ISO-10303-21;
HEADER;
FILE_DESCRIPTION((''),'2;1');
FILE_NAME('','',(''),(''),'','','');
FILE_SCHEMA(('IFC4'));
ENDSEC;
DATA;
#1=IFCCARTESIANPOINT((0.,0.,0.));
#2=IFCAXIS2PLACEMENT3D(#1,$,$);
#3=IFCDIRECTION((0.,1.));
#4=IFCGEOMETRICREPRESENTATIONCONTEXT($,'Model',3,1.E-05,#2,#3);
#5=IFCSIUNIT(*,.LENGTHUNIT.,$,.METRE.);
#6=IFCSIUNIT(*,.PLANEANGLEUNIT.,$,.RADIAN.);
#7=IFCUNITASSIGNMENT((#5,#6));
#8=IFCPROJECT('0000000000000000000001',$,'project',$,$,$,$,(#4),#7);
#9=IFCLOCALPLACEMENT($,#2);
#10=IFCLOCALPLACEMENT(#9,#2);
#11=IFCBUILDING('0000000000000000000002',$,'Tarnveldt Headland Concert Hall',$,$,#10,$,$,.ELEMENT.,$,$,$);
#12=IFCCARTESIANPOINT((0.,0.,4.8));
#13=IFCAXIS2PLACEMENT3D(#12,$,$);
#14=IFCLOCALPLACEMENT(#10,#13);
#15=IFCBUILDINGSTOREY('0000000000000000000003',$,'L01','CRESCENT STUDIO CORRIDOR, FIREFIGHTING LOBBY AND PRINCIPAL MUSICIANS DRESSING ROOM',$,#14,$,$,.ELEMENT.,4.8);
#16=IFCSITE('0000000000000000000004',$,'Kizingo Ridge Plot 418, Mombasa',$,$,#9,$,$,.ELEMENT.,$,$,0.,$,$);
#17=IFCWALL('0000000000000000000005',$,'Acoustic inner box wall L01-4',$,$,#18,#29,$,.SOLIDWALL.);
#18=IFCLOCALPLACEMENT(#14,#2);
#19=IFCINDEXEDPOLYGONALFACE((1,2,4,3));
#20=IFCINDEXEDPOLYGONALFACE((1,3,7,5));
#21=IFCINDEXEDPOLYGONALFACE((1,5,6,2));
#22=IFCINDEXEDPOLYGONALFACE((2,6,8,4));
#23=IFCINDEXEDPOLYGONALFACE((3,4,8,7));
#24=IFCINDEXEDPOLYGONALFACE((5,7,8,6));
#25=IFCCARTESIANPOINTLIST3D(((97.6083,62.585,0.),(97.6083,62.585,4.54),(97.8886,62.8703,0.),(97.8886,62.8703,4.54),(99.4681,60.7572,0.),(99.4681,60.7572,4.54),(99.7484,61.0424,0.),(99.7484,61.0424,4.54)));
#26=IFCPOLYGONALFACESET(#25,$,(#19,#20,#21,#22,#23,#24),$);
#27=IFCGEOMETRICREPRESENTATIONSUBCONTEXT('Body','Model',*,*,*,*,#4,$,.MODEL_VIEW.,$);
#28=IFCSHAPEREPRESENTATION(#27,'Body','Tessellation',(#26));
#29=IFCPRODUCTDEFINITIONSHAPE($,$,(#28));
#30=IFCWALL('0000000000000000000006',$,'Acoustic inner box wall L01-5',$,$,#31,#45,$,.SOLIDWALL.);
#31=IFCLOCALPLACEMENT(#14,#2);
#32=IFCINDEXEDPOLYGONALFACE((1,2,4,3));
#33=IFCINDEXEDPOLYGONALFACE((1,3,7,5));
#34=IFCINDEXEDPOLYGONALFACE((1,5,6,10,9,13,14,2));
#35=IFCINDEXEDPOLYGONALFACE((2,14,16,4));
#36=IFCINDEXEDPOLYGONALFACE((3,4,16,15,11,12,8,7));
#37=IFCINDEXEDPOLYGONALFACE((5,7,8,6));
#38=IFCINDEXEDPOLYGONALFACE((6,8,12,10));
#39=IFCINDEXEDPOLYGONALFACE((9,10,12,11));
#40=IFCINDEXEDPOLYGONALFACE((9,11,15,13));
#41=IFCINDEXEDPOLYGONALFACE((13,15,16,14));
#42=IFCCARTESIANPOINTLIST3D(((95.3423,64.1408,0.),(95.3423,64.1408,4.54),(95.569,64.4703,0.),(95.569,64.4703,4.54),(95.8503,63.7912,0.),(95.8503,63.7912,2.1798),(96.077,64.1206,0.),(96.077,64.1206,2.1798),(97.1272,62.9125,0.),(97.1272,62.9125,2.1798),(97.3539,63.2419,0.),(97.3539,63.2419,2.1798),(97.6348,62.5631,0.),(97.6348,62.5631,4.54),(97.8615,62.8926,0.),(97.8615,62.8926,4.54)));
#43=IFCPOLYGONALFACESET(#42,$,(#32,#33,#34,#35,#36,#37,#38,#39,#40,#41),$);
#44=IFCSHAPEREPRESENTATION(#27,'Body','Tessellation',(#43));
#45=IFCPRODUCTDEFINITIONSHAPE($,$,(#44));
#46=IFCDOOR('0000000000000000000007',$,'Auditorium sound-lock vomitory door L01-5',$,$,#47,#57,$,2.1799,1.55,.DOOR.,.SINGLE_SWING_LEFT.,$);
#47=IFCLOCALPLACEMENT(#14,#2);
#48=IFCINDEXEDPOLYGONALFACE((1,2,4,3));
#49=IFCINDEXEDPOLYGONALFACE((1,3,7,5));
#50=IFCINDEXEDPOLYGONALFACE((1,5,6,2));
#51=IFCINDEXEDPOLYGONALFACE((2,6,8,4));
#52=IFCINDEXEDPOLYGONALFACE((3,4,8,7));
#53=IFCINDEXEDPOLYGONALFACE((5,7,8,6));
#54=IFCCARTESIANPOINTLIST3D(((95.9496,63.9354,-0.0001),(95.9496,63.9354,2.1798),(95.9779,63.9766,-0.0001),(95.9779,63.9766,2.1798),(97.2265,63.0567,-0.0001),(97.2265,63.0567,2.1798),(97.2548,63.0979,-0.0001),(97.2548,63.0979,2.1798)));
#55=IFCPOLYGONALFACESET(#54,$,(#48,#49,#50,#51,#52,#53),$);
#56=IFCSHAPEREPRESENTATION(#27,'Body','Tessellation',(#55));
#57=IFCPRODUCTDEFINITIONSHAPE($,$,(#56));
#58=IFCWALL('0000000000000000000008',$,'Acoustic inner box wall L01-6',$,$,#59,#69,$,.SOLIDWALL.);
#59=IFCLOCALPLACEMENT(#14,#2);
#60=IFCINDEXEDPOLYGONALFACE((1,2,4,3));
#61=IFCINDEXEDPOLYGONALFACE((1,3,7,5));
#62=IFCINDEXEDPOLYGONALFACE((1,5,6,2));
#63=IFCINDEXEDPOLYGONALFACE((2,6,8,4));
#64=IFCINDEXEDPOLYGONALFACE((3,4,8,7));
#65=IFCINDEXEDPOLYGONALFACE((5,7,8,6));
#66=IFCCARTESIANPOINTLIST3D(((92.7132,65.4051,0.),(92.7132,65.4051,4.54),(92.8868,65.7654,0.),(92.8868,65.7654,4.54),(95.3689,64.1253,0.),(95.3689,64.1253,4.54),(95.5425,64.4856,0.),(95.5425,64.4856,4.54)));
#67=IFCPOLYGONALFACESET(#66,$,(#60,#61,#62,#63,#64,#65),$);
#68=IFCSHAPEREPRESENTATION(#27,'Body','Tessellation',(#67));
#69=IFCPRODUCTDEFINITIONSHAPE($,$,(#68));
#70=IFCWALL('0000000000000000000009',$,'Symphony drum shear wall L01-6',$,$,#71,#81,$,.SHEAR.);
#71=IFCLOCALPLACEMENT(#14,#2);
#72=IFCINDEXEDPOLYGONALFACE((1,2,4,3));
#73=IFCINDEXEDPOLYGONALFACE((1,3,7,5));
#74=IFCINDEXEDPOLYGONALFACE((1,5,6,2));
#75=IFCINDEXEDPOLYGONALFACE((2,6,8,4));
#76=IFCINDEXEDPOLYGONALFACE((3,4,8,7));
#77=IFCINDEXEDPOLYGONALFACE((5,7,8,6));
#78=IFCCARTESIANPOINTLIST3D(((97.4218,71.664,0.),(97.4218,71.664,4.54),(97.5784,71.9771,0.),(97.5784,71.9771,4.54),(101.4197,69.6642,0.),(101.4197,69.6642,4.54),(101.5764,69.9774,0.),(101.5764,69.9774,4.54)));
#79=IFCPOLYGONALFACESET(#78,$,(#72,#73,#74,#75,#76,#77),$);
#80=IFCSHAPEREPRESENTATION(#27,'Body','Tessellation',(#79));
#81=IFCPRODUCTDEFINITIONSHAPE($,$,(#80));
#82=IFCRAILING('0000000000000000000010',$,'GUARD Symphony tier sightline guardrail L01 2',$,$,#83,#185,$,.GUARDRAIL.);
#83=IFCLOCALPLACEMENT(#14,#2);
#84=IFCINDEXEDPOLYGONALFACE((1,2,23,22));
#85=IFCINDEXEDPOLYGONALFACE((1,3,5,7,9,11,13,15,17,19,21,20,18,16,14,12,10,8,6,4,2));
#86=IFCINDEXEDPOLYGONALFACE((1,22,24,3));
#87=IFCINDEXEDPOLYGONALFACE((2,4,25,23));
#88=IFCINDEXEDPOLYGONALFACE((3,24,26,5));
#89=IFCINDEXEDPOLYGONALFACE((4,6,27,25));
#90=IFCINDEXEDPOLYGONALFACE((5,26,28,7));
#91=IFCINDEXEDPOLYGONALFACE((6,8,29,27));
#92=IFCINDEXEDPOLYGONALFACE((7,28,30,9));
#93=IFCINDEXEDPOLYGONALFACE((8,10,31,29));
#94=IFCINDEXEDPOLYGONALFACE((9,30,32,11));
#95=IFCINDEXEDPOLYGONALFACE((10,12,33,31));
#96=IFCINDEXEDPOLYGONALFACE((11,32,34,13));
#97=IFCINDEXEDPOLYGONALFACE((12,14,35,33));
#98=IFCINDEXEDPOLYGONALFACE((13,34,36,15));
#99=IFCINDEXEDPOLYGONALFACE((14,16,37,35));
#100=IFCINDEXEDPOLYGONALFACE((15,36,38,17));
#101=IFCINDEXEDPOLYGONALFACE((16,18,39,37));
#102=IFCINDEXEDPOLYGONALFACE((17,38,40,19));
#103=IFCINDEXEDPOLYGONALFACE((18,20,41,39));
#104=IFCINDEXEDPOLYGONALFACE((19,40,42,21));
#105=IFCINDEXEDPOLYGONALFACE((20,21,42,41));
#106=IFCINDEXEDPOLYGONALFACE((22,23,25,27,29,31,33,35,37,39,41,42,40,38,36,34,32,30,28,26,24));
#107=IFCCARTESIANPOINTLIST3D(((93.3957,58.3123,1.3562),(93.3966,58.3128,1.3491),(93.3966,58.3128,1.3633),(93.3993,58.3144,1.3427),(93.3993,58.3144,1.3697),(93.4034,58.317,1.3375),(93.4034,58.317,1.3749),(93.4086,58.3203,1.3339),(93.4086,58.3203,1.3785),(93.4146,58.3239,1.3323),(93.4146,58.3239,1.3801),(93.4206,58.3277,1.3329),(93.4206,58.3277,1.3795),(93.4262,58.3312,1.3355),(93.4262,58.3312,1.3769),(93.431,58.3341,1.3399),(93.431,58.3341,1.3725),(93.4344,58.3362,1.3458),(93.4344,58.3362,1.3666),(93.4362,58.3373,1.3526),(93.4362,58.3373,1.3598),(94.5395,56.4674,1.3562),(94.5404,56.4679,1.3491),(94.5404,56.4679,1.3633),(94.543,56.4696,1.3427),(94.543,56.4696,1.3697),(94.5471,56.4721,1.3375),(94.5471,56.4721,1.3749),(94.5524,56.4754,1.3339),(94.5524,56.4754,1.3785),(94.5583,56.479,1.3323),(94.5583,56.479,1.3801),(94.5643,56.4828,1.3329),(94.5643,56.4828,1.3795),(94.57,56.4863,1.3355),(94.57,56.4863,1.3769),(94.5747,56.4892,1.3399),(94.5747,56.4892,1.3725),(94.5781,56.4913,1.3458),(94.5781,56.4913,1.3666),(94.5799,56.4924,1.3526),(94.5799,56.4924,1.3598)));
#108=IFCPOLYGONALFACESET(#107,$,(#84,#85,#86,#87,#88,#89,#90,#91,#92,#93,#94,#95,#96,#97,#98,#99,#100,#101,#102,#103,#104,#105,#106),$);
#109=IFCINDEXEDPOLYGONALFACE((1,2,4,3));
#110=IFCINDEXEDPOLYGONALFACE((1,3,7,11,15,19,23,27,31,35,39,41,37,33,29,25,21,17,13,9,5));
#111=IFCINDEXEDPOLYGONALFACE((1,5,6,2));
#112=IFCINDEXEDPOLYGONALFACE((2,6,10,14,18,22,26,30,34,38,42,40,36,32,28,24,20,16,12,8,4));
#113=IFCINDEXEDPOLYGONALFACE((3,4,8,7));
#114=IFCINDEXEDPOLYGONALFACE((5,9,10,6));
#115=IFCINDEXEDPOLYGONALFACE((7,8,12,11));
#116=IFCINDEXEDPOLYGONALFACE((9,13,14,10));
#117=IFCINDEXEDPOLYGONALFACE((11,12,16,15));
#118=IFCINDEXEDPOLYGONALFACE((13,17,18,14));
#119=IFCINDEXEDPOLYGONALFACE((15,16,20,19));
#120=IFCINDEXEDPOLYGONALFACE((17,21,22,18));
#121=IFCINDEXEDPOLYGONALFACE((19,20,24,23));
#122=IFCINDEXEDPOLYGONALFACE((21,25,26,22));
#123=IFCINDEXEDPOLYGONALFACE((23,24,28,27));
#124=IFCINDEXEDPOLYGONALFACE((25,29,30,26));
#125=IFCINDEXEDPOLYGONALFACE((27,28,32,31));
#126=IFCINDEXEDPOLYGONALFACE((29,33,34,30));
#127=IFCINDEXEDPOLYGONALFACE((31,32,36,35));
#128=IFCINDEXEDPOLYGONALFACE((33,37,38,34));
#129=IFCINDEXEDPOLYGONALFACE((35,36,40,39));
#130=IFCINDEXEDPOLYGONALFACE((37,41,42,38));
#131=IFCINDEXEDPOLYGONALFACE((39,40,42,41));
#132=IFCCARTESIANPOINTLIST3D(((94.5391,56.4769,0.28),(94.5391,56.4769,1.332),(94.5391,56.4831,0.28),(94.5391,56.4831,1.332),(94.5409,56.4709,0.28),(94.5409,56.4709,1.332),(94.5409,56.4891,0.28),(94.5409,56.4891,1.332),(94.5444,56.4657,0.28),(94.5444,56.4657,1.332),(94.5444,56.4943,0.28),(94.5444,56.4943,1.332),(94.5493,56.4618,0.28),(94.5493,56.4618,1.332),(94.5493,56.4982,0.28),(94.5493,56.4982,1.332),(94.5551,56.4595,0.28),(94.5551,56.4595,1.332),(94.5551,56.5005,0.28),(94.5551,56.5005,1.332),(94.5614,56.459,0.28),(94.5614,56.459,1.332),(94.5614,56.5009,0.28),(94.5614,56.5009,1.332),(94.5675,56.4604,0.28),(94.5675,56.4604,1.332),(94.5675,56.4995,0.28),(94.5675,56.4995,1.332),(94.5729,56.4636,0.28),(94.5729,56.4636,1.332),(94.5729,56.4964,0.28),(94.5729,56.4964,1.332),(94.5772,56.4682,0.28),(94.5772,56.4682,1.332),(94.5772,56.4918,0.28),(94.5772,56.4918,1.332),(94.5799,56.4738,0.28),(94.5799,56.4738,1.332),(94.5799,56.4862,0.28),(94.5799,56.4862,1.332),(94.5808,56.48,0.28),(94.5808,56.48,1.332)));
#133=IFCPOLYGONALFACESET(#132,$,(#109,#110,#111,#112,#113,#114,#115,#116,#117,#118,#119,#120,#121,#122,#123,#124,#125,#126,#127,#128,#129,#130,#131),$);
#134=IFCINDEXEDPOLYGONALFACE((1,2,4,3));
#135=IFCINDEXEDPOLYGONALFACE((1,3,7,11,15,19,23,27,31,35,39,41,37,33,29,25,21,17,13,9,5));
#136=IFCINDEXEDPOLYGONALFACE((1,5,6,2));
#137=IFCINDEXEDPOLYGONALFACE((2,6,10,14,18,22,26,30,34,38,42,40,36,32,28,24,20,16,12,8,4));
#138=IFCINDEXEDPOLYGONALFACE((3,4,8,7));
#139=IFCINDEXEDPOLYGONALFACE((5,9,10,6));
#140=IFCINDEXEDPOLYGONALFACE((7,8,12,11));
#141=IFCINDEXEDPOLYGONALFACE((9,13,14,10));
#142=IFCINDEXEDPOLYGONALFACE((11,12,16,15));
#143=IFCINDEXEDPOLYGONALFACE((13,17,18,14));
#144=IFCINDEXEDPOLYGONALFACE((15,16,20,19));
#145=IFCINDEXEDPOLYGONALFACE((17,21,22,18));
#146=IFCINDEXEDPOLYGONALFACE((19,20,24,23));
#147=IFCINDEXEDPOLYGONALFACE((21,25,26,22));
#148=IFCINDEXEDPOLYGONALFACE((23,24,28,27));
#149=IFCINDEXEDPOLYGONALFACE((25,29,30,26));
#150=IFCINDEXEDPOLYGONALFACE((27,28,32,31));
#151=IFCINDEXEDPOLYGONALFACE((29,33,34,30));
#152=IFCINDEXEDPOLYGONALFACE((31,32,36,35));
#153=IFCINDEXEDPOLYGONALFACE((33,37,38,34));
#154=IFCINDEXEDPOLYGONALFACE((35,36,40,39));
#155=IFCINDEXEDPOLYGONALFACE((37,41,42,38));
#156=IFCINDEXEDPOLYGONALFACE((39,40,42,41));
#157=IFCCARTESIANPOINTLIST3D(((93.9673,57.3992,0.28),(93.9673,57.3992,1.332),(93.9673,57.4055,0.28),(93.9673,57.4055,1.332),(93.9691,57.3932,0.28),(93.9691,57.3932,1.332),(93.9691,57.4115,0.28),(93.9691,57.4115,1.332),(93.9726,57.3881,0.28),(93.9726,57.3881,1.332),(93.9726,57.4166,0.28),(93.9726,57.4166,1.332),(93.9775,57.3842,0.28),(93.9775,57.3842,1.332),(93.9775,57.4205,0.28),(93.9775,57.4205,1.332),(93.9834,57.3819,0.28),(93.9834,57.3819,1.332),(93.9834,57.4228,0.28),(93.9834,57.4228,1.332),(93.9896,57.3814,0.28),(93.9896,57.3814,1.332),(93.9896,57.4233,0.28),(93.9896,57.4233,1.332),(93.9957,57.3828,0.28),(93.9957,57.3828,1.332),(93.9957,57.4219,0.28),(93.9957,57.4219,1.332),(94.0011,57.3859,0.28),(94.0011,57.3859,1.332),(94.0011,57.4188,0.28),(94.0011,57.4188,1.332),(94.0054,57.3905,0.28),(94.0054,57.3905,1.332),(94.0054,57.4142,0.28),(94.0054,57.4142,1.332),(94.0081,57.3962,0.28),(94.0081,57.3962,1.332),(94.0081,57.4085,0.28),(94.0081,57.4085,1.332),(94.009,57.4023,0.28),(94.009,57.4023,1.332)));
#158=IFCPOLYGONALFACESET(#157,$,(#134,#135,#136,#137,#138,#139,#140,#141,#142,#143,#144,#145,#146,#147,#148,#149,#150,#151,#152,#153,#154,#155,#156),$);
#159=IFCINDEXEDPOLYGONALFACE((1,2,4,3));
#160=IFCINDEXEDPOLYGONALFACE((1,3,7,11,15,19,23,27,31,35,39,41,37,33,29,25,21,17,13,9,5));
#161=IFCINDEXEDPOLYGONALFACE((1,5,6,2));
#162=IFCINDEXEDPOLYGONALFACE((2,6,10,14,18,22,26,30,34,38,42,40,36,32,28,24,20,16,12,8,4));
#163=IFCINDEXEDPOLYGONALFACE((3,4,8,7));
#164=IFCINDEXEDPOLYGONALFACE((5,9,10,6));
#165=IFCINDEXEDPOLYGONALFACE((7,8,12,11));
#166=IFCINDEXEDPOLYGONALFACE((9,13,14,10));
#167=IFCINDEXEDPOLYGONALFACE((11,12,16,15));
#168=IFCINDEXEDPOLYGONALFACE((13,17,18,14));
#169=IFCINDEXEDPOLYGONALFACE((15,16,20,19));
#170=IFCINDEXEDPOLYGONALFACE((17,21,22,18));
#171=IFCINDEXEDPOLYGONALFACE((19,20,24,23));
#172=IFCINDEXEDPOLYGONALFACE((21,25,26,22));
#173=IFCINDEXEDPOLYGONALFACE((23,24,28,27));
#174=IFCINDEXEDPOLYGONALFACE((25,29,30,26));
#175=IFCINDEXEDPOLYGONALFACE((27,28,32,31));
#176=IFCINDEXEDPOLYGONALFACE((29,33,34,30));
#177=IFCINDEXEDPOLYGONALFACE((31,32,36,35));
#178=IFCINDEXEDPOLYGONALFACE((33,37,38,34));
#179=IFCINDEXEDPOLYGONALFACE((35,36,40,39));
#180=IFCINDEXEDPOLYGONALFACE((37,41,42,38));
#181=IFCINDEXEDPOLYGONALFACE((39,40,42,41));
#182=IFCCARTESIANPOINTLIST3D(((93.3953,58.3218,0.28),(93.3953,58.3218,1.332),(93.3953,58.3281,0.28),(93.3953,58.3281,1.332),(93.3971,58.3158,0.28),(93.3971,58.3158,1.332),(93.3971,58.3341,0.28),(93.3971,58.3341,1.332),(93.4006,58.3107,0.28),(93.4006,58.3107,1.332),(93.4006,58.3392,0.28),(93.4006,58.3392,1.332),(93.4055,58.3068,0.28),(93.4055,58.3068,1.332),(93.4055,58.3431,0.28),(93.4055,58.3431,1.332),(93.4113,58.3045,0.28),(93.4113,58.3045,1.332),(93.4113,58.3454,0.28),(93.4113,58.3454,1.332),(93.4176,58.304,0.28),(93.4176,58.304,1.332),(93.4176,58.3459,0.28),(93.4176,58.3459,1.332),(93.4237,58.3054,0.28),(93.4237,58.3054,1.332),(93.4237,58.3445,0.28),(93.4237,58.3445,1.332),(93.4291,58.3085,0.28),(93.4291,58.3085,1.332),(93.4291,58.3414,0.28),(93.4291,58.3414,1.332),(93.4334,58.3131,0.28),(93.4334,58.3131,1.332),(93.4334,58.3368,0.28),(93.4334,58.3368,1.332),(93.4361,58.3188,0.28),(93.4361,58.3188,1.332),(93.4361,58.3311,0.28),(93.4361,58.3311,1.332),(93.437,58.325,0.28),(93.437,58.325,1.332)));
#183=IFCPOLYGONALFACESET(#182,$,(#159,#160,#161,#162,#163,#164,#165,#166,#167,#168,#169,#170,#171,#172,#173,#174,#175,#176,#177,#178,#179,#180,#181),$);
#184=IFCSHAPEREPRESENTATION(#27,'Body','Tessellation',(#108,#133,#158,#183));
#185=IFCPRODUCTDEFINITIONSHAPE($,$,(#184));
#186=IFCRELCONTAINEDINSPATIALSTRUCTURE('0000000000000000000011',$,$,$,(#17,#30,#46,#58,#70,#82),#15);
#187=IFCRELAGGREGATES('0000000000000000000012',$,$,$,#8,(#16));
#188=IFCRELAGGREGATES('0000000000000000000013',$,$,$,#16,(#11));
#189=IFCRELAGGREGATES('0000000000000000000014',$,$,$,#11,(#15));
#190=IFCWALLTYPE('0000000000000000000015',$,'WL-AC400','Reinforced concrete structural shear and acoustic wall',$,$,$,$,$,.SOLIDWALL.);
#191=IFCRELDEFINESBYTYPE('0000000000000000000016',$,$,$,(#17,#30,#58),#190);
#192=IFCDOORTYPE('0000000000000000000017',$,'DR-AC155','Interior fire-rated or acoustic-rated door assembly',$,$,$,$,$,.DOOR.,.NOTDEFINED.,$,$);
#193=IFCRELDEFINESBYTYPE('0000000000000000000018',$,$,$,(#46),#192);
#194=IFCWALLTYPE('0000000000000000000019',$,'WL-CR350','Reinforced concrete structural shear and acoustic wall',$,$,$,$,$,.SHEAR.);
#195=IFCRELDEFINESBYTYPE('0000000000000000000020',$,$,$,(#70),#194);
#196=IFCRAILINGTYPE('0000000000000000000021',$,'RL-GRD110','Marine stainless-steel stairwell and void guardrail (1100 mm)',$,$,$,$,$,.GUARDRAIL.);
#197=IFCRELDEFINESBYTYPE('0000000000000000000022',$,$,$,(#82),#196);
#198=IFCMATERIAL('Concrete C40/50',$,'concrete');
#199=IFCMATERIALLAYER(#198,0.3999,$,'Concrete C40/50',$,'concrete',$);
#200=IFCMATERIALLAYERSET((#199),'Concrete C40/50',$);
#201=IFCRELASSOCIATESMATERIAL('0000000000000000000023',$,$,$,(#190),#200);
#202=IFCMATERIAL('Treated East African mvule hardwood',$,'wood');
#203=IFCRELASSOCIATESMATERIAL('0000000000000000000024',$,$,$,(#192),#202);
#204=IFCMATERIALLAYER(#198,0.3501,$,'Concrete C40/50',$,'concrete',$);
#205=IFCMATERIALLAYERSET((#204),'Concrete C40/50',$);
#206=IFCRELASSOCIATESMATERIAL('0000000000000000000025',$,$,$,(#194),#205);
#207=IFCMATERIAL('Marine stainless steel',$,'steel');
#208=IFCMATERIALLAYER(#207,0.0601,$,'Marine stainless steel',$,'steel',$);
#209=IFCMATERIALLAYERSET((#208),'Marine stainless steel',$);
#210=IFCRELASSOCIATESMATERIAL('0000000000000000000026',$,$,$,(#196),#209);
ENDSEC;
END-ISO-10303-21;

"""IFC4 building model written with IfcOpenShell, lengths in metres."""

from ifc_helpers import new_model, si_unit, direction, frame, frame_2d, origin, origin_2d, place, context, subcontext, project, spatial, rectangle, circle, extrude, material, layer, layer_set, type_object, element, fill, save


model = new_model("IFC4")

# Units and contexts
model_context = context("Model", 3, precision=1e-05, world=origin(), true_north=direction((0.0, 1.0)))
body_context = subcontext(model_context, "Body", "Model", "MODEL_VIEW")
ifc_project = project(units=[si_unit("LENGTHUNIT", "METRE"), si_unit("PLANEANGLEUNIT", "RADIAN")], contexts=[model_context])

# Site, building, storey
site_placement = place(None, origin())
site = spatial("IfcSite", under=ifc_project, at=site_placement, Name="Kizingo Ridge Plot 418, Mombasa", CompositionType="ELEMENT", RefElevation=0.0)
building_placement = place(site_placement, origin())
building = spatial("IfcBuilding", under=site, at=building_placement, Name="Tarnveldt Headland Concert Hall", CompositionType="ELEMENT")
storey_placement = place(building_placement, frame((0.0, 0.0, 4.8)))
storey = spatial("IfcBuildingStorey", under=building, at=storey_placement, Name="L01", Description="CRESCENT STUDIO CORRIDOR, FIREFIGHTING LOBBY AND PRINCIPAL MUSICIANS DRESSING ROOM", CompositionType="ELEMENT", Elevation=4.8)

# Shared definitions
ifc_material_1 = material(Name="Concrete C40/50", Category="concrete")

# Wall
ifc_layer_1 = layer(ifc_material_1, 0.3999, Name="Concrete C40/50", Category="concrete")
ifc_layer_set_1 = layer_set([ifc_layer_1], Name="Concrete C40/50")
wall_type_1 = type_object("IfcWallType", Name="WL-AC400", Description="Reinforced concrete structural shear and acoustic wall", PredefinedType="SOLIDWALL", material=ifc_layer_set_1)
wall_1_placement = place(storey_placement, frame((99.6082, 60.8999, 0.0), z_axis=(0.0, 0.0, 1.0), x_axis=(-0.713212, 0.700948, 0.0)))
element("IfcWall", 1, at=wall_1_placement, inside=storey, type_object=wall_type_1, Name="Acoustic inner box wall L01-4", PredefinedType="SOLIDWALL", context=body_context, shape_type="SweptSolid", body=[
    extrude(rectangle(XDim=2.6077, YDim=0.3999, at=frame_2d((1.3037, 0.0))), origin(), (0.0, 0.0, 1.0), 4.54),
])

# Wall, opening, door
wall_2_placement = place(storey_placement, frame((97.7483, 62.7278, 0.0), z_axis=(0.0, 0.0, 1.0), x_axis=(-0.823781, 0.566909, 0.0)))
wall_2 = element("IfcWall", 2, at=wall_2_placement, inside=storey, type_object=wall_type_1, Name="Acoustic inner box wall L01-5", PredefinedType="SOLIDWALL", context=body_context, shape_type="SweptSolid", body=[
    extrude(rectangle(XDim=2.783, YDim=0.3999, at=frame_2d((1.3916, 0.0))), origin(), (0.0, 0.0, 1.0), 4.54),
])
opening_1_placement = place(wall_2_placement, frame((0.6165, 0.0, 0.0)))
opening_1 = element("IfcOpeningElement", 3, at=opening_1_placement, cuts=wall_2, PredefinedType="OPENING", context=body_context, shape_type="SweptSolid", body=[
    extrude(rectangle(XDim=1.55, YDim=2.1799, at=frame_2d((0.7749, 1.0898))), frame((0.0, 0.21, 0.0), z_axis=(0.0, -1.0, 0.0), x_axis=(1.0, 0.0, 0.0)), (0.0, 0.0, 1.0), 0.4199),
])
ifc_material_2 = material(Name="Treated East African mvule hardwood", Category="wood")
door_type_1 = type_object("IfcDoorType", Name="DR-AC155", Description="Interior fire-rated or acoustic-rated door assembly", OperationType="NOTDEFINED", PredefinedType="DOOR", material=ifc_material_2)
door_1_placement = place(opening_1_placement, origin())
door_1 = element("IfcDoor", 4, at=door_1_placement, inside=storey, type_object=door_type_1, Name="Auditorium sound-lock vomitory door L01-5", OperationType="SINGLE_SWING_LEFT", OverallHeight=2.1799, OverallWidth=1.55, PredefinedType="DOOR", context=body_context, shape_type="SweptSolid", body=[
    extrude(rectangle(XDim=1.55, YDim=2.1799, at=frame_2d((0.7749, 1.0898))), frame((0.0, 0.0249, 0.0), z_axis=(0.0, -1.0, 0.0), x_axis=(1.0, 0.0, 0.0)), (0.0, 0.0, 1.0), 0.05),
])
fill(opening_1, door_1)

# Walls
wall_3_placement = place(storey_placement, frame((95.4558, 64.3054, 0.0), z_axis=(0.0, 0.0, 1.0), x_axis=(-0.900858, 0.434114, 0.0)))
element("IfcWall", 5, at=wall_3_placement, inside=storey, type_object=wall_type_1, Name="Acoustic inner box wall L01-6", PredefinedType="SOLIDWALL", context=body_context, shape_type="SweptSolid", body=[
    extrude(rectangle(XDim=2.948, YDim=0.3999, at=frame_2d((1.4741, 0.0))), origin(), (0.0, 0.0, 1.0), 4.54),
])
ifc_layer_2 = layer(ifc_material_1, 0.3501, Name="Concrete C40/50", Category="concrete")
ifc_layer_set_2 = layer_set([ifc_layer_2], Name="Concrete C40/50")
wall_type_2 = type_object("IfcWallType", Name="WL-CR350", Description="Reinforced concrete structural shear and acoustic wall", PredefinedType="SHEAR", material=ifc_layer_set_2)
wall_4_placement = place(storey_placement, frame((101.498, 69.8208, 0.0), z_axis=(0.0, 0.0, 1.0), x_axis=(-0.894362, 0.447345, 0.0)))
element("IfcWall", 6, at=wall_4_placement, inside=storey, type_object=wall_type_2, Name="Symphony drum shear wall L01-6", PredefinedType="SHEAR", context=body_context, shape_type="SweptSolid", body=[
    extrude(rectangle(XDim=4.4702, YDim=0.3501, at=frame_2d((2.2351, 0.0))), origin(), (0.0, 0.0, 1.0), 4.54),
])

# Railing
ifc_material_3 = material(Name="Marine stainless steel", Category="steel")
ifc_layer_3 = layer(ifc_material_3, 0.0601, Name="Marine stainless steel", Category="steel")
ifc_layer_set_3 = layer_set([ifc_layer_3], Name="Marine stainless steel")
railing_type = type_object("IfcRailingType", Name="RL-GRD110", Description="Marine stainless-steel stairwell and void guardrail (1100 mm)", PredefinedType="GUARDRAIL", material=ifc_layer_set_3)
railing_1_placement = place(storey_placement, frame((94.5598, 56.48, 0.28)))
element("IfcRailing", 7, at=railing_1_placement, inside=storey, type_object=railing_type, Name="GUARD Symphony tier sightline guardrail L01 2", PredefinedType="GUARDRAIL", context=body_context, shape_type="SweptSolid", body=[
    extrude(circle(Radius=0.0239, at=origin_2d()), frame((0.0, 0.0, 1.0762), z_axis=(-0.526912, 0.84992, 0.0), x_axis=(-0.84992, -0.526912, 0.0)), (0.0, 0.0, 1.0), 2.1707),
    extrude(circle(Radius=0.021, at=origin_2d()), origin(), (0.0, 0.0, 1.0), 1.052),
    extrude(circle(Radius=0.021, at=origin_2d()), frame((-0.5718, 0.9224, 0.0)), (0.0, 0.0, 1.0), 1.052),
    extrude(circle(Radius=0.021, at=origin_2d()), frame((-1.1438, 1.845, 0.0)), (0.0, 0.0, 1.0), 1.052),
])

save(model, "model.ifc")
